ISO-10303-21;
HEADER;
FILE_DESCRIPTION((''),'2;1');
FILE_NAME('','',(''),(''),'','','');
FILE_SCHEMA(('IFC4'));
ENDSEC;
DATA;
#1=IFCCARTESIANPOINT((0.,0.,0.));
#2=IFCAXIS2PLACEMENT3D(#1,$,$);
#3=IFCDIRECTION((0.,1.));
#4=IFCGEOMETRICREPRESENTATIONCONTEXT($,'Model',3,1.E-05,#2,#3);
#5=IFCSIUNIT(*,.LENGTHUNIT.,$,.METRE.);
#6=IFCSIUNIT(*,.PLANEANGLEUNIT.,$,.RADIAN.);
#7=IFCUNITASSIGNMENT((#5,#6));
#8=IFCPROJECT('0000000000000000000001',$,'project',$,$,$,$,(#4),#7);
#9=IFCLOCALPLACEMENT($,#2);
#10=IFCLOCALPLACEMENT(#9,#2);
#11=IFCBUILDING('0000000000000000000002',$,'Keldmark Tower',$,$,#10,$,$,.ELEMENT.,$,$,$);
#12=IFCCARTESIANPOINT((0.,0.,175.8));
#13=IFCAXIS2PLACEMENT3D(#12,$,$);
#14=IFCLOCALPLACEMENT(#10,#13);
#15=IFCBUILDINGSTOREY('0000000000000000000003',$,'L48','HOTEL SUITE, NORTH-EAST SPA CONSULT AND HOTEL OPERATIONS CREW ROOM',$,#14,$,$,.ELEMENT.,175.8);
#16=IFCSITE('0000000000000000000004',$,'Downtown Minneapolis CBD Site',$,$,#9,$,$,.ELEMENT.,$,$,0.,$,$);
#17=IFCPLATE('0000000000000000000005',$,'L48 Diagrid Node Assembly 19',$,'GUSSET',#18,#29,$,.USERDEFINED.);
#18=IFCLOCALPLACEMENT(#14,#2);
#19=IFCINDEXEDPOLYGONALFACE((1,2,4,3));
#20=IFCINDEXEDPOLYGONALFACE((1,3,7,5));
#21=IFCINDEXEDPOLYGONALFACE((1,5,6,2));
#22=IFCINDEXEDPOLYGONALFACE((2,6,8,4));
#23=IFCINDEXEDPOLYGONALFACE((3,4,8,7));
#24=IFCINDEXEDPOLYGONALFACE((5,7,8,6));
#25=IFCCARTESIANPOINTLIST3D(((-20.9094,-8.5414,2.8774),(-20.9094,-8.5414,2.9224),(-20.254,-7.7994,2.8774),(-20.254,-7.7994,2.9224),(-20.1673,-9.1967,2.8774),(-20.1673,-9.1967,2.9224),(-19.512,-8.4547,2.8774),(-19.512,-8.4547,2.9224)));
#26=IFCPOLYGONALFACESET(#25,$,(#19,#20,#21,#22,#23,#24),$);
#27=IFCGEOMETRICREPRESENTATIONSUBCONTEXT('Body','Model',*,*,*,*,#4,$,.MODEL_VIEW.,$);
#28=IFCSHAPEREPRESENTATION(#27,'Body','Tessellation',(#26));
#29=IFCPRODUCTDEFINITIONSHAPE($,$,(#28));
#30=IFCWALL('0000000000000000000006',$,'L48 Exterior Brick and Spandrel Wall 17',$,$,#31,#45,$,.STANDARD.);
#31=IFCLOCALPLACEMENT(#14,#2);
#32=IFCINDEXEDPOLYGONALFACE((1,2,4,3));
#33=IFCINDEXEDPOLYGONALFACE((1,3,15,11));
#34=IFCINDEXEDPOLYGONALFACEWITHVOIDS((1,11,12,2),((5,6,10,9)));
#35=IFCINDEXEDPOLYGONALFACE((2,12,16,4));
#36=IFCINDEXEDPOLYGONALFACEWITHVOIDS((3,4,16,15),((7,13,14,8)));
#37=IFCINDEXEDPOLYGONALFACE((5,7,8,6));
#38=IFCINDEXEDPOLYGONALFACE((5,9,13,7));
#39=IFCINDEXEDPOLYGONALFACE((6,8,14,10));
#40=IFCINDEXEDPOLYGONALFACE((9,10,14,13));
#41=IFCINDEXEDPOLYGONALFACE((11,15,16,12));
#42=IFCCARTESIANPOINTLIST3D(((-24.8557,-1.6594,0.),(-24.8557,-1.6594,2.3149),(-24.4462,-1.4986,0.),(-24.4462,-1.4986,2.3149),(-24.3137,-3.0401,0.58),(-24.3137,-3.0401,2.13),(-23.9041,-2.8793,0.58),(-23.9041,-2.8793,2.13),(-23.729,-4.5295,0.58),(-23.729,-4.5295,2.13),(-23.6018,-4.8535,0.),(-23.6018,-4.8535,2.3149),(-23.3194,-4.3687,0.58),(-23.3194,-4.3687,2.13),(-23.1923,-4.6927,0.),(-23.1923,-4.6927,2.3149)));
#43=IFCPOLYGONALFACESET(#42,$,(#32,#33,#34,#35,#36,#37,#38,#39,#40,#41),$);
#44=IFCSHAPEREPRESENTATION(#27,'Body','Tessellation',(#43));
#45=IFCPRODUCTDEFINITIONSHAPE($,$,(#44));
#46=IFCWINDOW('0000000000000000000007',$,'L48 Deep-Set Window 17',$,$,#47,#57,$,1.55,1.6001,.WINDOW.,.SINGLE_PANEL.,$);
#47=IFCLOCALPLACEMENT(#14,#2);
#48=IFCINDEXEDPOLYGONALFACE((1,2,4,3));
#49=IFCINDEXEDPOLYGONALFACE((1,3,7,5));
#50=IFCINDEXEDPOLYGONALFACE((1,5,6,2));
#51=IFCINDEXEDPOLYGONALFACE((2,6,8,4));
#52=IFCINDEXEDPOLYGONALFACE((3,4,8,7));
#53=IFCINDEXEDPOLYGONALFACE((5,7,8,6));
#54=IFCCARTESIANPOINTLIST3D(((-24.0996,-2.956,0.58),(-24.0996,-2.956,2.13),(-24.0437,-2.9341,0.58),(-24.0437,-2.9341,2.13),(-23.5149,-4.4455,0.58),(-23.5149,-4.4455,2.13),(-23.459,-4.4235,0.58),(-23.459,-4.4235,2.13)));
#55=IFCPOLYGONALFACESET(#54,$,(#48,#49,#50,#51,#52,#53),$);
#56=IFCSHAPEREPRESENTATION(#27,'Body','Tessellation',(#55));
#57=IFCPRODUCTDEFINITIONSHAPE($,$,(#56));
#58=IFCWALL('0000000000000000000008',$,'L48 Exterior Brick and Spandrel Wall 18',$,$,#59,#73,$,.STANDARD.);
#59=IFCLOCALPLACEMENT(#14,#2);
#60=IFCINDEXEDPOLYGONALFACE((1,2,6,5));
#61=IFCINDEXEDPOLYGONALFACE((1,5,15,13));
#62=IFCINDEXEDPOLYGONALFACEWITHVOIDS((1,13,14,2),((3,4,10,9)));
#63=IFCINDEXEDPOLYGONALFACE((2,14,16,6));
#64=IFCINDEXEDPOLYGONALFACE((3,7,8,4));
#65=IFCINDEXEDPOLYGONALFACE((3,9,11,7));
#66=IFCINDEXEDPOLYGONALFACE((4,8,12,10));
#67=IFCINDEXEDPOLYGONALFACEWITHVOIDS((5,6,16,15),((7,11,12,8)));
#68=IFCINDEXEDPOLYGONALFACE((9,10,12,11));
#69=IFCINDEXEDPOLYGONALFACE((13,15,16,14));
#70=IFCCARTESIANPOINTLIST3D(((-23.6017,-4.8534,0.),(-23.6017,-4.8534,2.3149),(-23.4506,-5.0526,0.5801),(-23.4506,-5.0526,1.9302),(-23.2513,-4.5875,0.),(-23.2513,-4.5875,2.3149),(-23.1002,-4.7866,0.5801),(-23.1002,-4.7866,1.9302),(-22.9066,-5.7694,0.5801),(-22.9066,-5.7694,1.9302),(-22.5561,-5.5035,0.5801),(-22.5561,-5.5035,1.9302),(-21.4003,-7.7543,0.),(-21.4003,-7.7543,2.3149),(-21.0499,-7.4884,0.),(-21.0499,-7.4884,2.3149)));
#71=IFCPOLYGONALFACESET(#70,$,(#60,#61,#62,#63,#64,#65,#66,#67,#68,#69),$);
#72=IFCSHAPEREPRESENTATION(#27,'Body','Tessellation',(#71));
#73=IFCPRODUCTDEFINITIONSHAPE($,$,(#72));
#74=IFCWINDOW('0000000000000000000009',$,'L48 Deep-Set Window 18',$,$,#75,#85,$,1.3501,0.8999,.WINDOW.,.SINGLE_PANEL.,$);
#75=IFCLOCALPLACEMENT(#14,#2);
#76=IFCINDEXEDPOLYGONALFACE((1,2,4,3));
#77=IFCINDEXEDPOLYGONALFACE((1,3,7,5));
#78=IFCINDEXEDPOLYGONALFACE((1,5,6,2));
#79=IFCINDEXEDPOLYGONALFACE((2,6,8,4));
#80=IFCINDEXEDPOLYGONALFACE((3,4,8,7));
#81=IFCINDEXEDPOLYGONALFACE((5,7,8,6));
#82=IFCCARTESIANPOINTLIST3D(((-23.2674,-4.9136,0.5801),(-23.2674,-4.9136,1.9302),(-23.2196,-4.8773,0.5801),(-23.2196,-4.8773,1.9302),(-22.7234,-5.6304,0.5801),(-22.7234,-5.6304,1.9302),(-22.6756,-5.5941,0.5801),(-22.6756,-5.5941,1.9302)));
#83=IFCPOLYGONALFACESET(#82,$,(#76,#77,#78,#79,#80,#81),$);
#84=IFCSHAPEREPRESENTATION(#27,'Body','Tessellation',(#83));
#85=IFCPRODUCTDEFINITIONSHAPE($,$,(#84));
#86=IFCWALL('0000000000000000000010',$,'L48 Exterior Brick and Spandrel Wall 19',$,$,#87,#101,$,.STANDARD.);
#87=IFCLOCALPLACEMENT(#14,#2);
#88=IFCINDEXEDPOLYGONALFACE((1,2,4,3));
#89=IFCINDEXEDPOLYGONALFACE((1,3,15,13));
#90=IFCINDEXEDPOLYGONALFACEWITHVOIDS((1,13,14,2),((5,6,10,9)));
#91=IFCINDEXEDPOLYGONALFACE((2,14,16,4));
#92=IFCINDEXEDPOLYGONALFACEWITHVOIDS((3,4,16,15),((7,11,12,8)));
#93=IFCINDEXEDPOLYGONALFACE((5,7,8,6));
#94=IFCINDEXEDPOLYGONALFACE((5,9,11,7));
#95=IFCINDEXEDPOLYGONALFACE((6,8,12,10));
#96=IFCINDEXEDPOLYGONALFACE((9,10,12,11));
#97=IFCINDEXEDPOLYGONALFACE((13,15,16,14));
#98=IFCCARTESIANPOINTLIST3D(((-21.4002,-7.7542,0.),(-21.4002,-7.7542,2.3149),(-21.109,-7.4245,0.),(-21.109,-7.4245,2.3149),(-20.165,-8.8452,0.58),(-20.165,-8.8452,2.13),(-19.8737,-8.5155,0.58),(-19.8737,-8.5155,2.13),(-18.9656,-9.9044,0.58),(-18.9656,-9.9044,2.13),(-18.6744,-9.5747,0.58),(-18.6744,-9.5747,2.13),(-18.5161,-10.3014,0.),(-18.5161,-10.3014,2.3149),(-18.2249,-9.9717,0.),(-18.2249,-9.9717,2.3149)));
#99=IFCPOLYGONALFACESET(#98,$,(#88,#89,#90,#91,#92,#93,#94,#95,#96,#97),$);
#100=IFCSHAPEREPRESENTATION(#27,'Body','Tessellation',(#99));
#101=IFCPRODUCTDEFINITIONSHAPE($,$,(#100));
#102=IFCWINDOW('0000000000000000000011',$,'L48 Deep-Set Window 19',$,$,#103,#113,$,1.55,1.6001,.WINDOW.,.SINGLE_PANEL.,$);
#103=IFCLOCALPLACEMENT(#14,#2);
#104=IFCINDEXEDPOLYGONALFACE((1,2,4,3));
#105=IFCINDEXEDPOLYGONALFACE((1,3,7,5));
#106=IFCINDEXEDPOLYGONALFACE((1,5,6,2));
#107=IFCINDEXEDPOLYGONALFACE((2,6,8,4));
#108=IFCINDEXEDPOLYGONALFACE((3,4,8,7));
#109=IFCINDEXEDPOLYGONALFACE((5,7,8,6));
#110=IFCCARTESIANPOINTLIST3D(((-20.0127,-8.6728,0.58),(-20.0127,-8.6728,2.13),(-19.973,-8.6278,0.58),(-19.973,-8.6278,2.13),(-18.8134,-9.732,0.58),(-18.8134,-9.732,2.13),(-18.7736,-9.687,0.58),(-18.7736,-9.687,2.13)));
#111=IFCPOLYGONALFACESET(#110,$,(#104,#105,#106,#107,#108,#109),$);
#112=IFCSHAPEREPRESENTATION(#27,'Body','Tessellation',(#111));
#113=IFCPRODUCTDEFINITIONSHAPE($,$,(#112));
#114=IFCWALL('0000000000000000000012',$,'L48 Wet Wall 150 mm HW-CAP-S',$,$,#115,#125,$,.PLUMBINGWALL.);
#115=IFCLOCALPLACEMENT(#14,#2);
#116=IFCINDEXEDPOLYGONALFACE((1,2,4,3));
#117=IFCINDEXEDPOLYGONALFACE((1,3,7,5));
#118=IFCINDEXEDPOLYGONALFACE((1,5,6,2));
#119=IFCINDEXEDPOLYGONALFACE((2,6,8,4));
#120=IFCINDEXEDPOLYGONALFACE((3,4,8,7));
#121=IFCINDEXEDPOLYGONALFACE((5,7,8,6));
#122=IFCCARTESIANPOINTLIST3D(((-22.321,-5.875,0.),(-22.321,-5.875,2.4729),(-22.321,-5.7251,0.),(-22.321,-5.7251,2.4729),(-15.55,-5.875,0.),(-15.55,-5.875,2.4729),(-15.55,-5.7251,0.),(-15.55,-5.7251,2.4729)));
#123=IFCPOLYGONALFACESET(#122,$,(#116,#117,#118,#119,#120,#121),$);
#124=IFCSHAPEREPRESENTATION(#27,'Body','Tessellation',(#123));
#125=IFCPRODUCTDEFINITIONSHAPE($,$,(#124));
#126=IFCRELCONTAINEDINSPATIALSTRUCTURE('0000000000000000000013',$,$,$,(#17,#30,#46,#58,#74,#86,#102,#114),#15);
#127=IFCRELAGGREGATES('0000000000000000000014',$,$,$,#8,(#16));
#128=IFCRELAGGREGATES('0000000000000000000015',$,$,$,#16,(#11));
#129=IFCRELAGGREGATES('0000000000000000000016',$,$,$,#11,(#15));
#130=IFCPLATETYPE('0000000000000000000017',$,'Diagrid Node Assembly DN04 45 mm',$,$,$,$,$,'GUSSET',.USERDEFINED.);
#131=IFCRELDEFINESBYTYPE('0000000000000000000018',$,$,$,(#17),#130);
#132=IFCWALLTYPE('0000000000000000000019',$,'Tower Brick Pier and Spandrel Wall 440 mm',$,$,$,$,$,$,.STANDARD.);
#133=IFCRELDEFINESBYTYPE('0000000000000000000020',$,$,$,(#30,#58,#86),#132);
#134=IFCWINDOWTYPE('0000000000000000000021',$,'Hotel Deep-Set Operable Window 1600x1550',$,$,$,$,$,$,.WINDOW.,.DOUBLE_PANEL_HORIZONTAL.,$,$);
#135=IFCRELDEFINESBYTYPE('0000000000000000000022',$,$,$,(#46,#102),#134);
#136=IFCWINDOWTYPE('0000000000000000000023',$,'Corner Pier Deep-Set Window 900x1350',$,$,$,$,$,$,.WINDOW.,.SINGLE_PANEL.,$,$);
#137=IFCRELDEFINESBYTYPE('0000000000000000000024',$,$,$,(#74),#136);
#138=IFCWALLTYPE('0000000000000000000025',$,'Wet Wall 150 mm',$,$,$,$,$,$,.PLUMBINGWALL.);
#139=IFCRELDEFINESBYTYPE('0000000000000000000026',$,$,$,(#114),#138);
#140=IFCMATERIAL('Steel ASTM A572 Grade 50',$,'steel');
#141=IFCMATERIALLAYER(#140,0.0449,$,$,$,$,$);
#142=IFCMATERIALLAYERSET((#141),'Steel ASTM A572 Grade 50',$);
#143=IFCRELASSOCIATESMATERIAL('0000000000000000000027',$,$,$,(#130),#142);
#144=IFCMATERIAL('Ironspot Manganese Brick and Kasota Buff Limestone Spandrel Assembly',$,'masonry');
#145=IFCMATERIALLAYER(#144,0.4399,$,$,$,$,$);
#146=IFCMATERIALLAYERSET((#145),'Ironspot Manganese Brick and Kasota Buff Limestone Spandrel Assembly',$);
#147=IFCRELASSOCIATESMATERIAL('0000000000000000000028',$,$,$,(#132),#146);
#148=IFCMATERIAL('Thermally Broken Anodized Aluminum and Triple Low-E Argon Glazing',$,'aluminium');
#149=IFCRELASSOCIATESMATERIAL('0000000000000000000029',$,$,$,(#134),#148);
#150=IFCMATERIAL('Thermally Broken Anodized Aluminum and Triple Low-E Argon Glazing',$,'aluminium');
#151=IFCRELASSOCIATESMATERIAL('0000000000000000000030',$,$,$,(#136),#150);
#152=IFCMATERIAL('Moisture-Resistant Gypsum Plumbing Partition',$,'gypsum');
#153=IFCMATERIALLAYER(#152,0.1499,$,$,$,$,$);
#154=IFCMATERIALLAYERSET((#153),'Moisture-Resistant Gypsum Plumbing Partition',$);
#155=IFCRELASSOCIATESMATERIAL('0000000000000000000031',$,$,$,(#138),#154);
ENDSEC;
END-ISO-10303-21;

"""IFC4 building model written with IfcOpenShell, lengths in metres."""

from ifc_helpers import new_model, si_unit, direction, frame, frame_2d, origin, origin_2d, place, context, subcontext, project, spatial, rectangle, extrude, material, layer, layer_set, type_object, element, fill, save


model = new_model("IFC4")

# Units and contexts
model_context = context("Model", 3, precision=1e-05, world=origin(), true_north=direction((0.0, 1.0)))
body_context = subcontext(model_context, "Body", "Model", "MODEL_VIEW")
ifc_project = project(units=[si_unit("LENGTHUNIT", "METRE"), si_unit("PLANEANGLEUNIT", "RADIAN")], contexts=[model_context])

# Site, building, storey
site_placement = place(None, origin())
site = spatial("IfcSite", under=ifc_project, at=site_placement, Name="Downtown Minneapolis CBD Site", CompositionType="ELEMENT", RefElevation=0.0)
building_placement = place(site_placement, origin())
building = spatial("IfcBuilding", under=site, at=building_placement, Name="Keldmark Tower", CompositionType="ELEMENT")
storey_placement = place(building_placement, frame((0.0, 0.0, 175.8)))
storey = spatial("IfcBuildingStorey", under=building, at=storey_placement, Name="L48", Description="HOTEL SUITE, NORTH-EAST SPA CONSULT AND HOTEL OPERATIONS CREW ROOM", CompositionType="ELEMENT", Elevation=175.8)

# Plate
ifc_material_1 = material(Name="Steel ASTM A572 Grade 50", Category="steel")
ifc_layer_1 = layer(ifc_material_1, 0.0449)
ifc_layer_set_1 = layer_set([ifc_layer_1], Name="Steel ASTM A572 Grade 50")
plate_type = type_object("IfcPlateType", Name="Diagrid Node Assembly DN04 45 mm", ElementType="GUSSET", PredefinedType="USERDEFINED", material=ifc_layer_set_1)
for number, where, z_axis, x_axis, name in (
    (1, (-20.2107, -8.498, 2.8774), (0.0, 0.0, 1.0), (0.749534, -0.661966, 0.0), "L48 Diagrid Node Assembly 19"),
):
    element("IfcPlate", number, at=place(storey_placement, frame(where, z_axis=z_axis, x_axis=x_axis)), inside=storey, type_object=plate_type, Name=name, ObjectType="GUSSET", PredefinedType="USERDEFINED", context=body_context, shape_type="SweptSolid", body=[
        extrude(rectangle(XDim=0.99, YDim=0.99, at=origin_2d()), origin(), (0.0, 0.0, 1.0), 0.0449),
    ])

# Walls, openings, windows
ifc_material_2 = material(Name="Ironspot Manganese Brick and Kasota Buff Limestone Spandrel Assembly", Category="masonry")
ifc_layer_2 = layer(ifc_material_2, 0.4399)
ifc_layer_set_2 = layer_set([ifc_layer_2], Name="Ironspot Manganese Brick and Kasota Buff Limestone Spandrel Assembly")
wall_type_1 = type_object("IfcWallType", Name="Tower Brick Pier and Spandrel Wall 440 mm", PredefinedType="STANDARD", material=ifc_layer_set_2)
wall_1_placement = place(storey_placement, frame((-23.397, -4.7732, 0.0), z_axis=(0.0, 0.0, 1.0), x_axis=(-0.365421, 0.930842, 0.0)))
wall_1 = element("IfcWall", 2, at=wall_1_placement, inside=storey, type_object=wall_type_1, Name="L48 Exterior Brick and Spandrel Wall 17", PredefinedType="STANDARD", context=body_context, shape_type="SweptSolid", body=[
    extrude(rectangle(XDim=3.4314, YDim=0.4399, at=frame_2d((1.7158, 0.0))), origin(), (0.0, 0.0, 1.0), 2.3149),
])
opening_1_placement = place(wall_1_placement, frame((0.3481, 0.0, 0.5801)))
opening_1 = element("IfcOpeningElement", 3, at=opening_1_placement, cuts=wall_1, PredefinedType="OPENING", context=body_context, shape_type="SweptSolid", body=[
    extrude(rectangle(XDim=1.6001, YDim=1.55, at=frame_2d((0.8, 0.7749))), frame((0.0, 0.23, 0.0), z_axis=(0.0, -1.0, 0.0), x_axis=(1.0, 0.0, 0.0)), (0.0, 0.0, 1.0), 0.46),
])
ifc_material_3 = material(Name="Thermally Broken Anodized Aluminum and Triple Low-E Argon Glazing", Category="aluminium")
window_type_1 = type_object("IfcWindowType", Name="Hotel Deep-Set Operable Window 1600x1550", PartitioningType="DOUBLE_PANEL_HORIZONTAL", PredefinedType="WINDOW", material=ifc_material_3)
window_1_placement = place(opening_1_placement, origin())
window_1 = element("IfcWindow", 4, at=window_1_placement, inside=storey, type_object=window_type_1, Name="L48 Deep-Set Window 17", OverallHeight=1.55, OverallWidth=1.6001, PartitioningType="SINGLE_PANEL", PredefinedType="WINDOW", context=body_context, shape_type="SweptSolid", body=[
    extrude(rectangle(XDim=1.6001, YDim=1.55, at=frame_2d((0.8, 0.7749))), frame((0.0, -0.01, 0.0), z_axis=(0.0, -1.0, 0.0), x_axis=(1.0, 0.0, 0.0)), (0.0, 0.0, 1.0), 0.0601),
])
fill(opening_1, window_1)
wall_2_placement = place(storey_placement, frame((-21.2251, -7.6213, 0.0), z_axis=(0.0, 0.0, 1.0), x_axis=(-0.604517, 0.796592, 0.0)))
wall_2 = element("IfcWall", 5, at=wall_2_placement, inside=storey, type_object=wall_type_1, Name="L48 Exterior Brick and Spandrel Wall 18", PredefinedType="STANDARD", context=body_context, shape_type="SweptSolid", body=[
    extrude(rectangle(XDim=3.6416, YDim=0.4399, at=frame_2d((1.8208, 0.0))), origin(), (0.0, 0.0, 1.0), 2.3149),
])
opening_2_placement = place(wall_2_placement, frame((2.4917, 0.0, 0.5801)))
opening_2 = element("IfcOpeningElement", 6, at=opening_2_placement, cuts=wall_2, PredefinedType="OPENING", context=body_context, shape_type="SweptSolid", body=[
    extrude(rectangle(XDim=0.8999, YDim=1.3501, at=frame_2d((0.45, 0.675))), frame((0.0, 0.23, 0.0), z_axis=(0.0, -1.0, 0.0), x_axis=(1.0, 0.0, 0.0)), (0.0, 0.0, 1.0), 0.46),
])
ifc_material_4 = material(Name="Thermally Broken Anodized Aluminum and Triple Low-E Argon Glazing", Category="aluminium")
window_type_2 = type_object("IfcWindowType", Name="Corner Pier Deep-Set Window 900x1350", PartitioningType="SINGLE_PANEL", PredefinedType="WINDOW", material=ifc_material_4)
window_2_placement = place(opening_2_placement, origin())
window_2 = element("IfcWindow", 7, at=window_2_placement, inside=storey, type_object=window_type_2, Name="L48 Deep-Set Window 18", OverallHeight=1.3501, OverallWidth=0.8999, PartitioningType="SINGLE_PANEL", PredefinedType="WINDOW", context=body_context, shape_type="SweptSolid", body=[
    extrude(rectangle(XDim=0.8999, YDim=1.3501, at=frame_2d((0.45, 0.675))), frame((0.0, -0.01, 0.0), z_axis=(0.0, -1.0, 0.0), x_axis=(1.0, 0.0, 0.0)), (0.0, 0.0, 1.0), 0.0601),
])
fill(opening_2, window_2)
wall_3_placement = place(storey_placement, frame((-18.3706, -10.1365, 0.0), z_axis=(0.0, 0.0, 1.0), x_axis=(-0.74953, 0.66197, 0.0)))
wall_3 = element("IfcWall", 8, at=wall_3_placement, inside=storey, type_object=wall_type_1, Name="L48 Exterior Brick and Spandrel Wall 19", PredefinedType="STANDARD", context=body_context, shape_type="SweptSolid", body=[
    extrude(rectangle(XDim=3.8479, YDim=0.4399, at=frame_2d((1.9238, 0.0))), origin(), (0.0, 0.0, 1.0), 2.3149),
])
opening_3_placement = place(wall_3_placement, frame((0.5996, 0.0, 0.5801)))
opening_3 = element("IfcOpeningElement", 9, at=opening_3_placement, cuts=wall_3, PredefinedType="OPENING", context=body_context, shape_type="SweptSolid", body=[
    extrude(rectangle(XDim=1.6001, YDim=1.55, at=frame_2d((0.8, 0.7749))), frame((0.0, 0.23, 0.0), z_axis=(0.0, -1.0, 0.0), x_axis=(1.0, 0.0, 0.0)), (0.0, 0.0, 1.0), 0.46),
])
window_3_placement = place(opening_3_placement, origin())
window_3 = element("IfcWindow", 10, at=window_3_placement, inside=storey, type_object=window_type_1, Name="L48 Deep-Set Window 19", OverallHeight=1.55, OverallWidth=1.6001, PartitioningType="SINGLE_PANEL", PredefinedType="WINDOW", context=body_context, shape_type="SweptSolid", body=[
    extrude(rectangle(XDim=1.6001, YDim=1.55, at=frame_2d((0.8, 0.7749))), frame((0.0, -0.01, 0.0), z_axis=(0.0, -1.0, 0.0), x_axis=(1.0, 0.0, 0.0)), (0.0, 0.0, 1.0), 0.0601),
])
fill(opening_3, window_3)

# Wall
ifc_material_5 = material(Name="Moisture-Resistant Gypsum Plumbing Partition", Category="gypsum")
ifc_layer_3 = layer(ifc_material_5, 0.1499)
ifc_layer_set_3 = layer_set([ifc_layer_3], Name="Moisture-Resistant Gypsum Plumbing Partition")
wall_type_2 = type_object("IfcWallType", Name="Wet Wall 150 mm", PredefinedType="PLUMBINGWALL", material=ifc_layer_set_3)
wall_4_placement = place(storey_placement, frame((-22.321, -5.8, 0.0), z_axis=(0.0, 0.0, 1.0), x_axis=(1.0, 0.0, 0.0)))
element("IfcWall", 11, at=wall_4_placement, inside=storey, type_object=wall_type_2, Name="L48 Wet Wall 150 mm HW-CAP-S", PredefinedType="PLUMBINGWALL", context=body_context, shape_type="SweptSolid", body=[
    extrude(rectangle(XDim=6.771, YDim=0.1499, at=frame_2d((3.3855, 0.0))), origin(), (0.0, 0.0, 1.0), 2.4729),
])

save(model, "model.ifc")
